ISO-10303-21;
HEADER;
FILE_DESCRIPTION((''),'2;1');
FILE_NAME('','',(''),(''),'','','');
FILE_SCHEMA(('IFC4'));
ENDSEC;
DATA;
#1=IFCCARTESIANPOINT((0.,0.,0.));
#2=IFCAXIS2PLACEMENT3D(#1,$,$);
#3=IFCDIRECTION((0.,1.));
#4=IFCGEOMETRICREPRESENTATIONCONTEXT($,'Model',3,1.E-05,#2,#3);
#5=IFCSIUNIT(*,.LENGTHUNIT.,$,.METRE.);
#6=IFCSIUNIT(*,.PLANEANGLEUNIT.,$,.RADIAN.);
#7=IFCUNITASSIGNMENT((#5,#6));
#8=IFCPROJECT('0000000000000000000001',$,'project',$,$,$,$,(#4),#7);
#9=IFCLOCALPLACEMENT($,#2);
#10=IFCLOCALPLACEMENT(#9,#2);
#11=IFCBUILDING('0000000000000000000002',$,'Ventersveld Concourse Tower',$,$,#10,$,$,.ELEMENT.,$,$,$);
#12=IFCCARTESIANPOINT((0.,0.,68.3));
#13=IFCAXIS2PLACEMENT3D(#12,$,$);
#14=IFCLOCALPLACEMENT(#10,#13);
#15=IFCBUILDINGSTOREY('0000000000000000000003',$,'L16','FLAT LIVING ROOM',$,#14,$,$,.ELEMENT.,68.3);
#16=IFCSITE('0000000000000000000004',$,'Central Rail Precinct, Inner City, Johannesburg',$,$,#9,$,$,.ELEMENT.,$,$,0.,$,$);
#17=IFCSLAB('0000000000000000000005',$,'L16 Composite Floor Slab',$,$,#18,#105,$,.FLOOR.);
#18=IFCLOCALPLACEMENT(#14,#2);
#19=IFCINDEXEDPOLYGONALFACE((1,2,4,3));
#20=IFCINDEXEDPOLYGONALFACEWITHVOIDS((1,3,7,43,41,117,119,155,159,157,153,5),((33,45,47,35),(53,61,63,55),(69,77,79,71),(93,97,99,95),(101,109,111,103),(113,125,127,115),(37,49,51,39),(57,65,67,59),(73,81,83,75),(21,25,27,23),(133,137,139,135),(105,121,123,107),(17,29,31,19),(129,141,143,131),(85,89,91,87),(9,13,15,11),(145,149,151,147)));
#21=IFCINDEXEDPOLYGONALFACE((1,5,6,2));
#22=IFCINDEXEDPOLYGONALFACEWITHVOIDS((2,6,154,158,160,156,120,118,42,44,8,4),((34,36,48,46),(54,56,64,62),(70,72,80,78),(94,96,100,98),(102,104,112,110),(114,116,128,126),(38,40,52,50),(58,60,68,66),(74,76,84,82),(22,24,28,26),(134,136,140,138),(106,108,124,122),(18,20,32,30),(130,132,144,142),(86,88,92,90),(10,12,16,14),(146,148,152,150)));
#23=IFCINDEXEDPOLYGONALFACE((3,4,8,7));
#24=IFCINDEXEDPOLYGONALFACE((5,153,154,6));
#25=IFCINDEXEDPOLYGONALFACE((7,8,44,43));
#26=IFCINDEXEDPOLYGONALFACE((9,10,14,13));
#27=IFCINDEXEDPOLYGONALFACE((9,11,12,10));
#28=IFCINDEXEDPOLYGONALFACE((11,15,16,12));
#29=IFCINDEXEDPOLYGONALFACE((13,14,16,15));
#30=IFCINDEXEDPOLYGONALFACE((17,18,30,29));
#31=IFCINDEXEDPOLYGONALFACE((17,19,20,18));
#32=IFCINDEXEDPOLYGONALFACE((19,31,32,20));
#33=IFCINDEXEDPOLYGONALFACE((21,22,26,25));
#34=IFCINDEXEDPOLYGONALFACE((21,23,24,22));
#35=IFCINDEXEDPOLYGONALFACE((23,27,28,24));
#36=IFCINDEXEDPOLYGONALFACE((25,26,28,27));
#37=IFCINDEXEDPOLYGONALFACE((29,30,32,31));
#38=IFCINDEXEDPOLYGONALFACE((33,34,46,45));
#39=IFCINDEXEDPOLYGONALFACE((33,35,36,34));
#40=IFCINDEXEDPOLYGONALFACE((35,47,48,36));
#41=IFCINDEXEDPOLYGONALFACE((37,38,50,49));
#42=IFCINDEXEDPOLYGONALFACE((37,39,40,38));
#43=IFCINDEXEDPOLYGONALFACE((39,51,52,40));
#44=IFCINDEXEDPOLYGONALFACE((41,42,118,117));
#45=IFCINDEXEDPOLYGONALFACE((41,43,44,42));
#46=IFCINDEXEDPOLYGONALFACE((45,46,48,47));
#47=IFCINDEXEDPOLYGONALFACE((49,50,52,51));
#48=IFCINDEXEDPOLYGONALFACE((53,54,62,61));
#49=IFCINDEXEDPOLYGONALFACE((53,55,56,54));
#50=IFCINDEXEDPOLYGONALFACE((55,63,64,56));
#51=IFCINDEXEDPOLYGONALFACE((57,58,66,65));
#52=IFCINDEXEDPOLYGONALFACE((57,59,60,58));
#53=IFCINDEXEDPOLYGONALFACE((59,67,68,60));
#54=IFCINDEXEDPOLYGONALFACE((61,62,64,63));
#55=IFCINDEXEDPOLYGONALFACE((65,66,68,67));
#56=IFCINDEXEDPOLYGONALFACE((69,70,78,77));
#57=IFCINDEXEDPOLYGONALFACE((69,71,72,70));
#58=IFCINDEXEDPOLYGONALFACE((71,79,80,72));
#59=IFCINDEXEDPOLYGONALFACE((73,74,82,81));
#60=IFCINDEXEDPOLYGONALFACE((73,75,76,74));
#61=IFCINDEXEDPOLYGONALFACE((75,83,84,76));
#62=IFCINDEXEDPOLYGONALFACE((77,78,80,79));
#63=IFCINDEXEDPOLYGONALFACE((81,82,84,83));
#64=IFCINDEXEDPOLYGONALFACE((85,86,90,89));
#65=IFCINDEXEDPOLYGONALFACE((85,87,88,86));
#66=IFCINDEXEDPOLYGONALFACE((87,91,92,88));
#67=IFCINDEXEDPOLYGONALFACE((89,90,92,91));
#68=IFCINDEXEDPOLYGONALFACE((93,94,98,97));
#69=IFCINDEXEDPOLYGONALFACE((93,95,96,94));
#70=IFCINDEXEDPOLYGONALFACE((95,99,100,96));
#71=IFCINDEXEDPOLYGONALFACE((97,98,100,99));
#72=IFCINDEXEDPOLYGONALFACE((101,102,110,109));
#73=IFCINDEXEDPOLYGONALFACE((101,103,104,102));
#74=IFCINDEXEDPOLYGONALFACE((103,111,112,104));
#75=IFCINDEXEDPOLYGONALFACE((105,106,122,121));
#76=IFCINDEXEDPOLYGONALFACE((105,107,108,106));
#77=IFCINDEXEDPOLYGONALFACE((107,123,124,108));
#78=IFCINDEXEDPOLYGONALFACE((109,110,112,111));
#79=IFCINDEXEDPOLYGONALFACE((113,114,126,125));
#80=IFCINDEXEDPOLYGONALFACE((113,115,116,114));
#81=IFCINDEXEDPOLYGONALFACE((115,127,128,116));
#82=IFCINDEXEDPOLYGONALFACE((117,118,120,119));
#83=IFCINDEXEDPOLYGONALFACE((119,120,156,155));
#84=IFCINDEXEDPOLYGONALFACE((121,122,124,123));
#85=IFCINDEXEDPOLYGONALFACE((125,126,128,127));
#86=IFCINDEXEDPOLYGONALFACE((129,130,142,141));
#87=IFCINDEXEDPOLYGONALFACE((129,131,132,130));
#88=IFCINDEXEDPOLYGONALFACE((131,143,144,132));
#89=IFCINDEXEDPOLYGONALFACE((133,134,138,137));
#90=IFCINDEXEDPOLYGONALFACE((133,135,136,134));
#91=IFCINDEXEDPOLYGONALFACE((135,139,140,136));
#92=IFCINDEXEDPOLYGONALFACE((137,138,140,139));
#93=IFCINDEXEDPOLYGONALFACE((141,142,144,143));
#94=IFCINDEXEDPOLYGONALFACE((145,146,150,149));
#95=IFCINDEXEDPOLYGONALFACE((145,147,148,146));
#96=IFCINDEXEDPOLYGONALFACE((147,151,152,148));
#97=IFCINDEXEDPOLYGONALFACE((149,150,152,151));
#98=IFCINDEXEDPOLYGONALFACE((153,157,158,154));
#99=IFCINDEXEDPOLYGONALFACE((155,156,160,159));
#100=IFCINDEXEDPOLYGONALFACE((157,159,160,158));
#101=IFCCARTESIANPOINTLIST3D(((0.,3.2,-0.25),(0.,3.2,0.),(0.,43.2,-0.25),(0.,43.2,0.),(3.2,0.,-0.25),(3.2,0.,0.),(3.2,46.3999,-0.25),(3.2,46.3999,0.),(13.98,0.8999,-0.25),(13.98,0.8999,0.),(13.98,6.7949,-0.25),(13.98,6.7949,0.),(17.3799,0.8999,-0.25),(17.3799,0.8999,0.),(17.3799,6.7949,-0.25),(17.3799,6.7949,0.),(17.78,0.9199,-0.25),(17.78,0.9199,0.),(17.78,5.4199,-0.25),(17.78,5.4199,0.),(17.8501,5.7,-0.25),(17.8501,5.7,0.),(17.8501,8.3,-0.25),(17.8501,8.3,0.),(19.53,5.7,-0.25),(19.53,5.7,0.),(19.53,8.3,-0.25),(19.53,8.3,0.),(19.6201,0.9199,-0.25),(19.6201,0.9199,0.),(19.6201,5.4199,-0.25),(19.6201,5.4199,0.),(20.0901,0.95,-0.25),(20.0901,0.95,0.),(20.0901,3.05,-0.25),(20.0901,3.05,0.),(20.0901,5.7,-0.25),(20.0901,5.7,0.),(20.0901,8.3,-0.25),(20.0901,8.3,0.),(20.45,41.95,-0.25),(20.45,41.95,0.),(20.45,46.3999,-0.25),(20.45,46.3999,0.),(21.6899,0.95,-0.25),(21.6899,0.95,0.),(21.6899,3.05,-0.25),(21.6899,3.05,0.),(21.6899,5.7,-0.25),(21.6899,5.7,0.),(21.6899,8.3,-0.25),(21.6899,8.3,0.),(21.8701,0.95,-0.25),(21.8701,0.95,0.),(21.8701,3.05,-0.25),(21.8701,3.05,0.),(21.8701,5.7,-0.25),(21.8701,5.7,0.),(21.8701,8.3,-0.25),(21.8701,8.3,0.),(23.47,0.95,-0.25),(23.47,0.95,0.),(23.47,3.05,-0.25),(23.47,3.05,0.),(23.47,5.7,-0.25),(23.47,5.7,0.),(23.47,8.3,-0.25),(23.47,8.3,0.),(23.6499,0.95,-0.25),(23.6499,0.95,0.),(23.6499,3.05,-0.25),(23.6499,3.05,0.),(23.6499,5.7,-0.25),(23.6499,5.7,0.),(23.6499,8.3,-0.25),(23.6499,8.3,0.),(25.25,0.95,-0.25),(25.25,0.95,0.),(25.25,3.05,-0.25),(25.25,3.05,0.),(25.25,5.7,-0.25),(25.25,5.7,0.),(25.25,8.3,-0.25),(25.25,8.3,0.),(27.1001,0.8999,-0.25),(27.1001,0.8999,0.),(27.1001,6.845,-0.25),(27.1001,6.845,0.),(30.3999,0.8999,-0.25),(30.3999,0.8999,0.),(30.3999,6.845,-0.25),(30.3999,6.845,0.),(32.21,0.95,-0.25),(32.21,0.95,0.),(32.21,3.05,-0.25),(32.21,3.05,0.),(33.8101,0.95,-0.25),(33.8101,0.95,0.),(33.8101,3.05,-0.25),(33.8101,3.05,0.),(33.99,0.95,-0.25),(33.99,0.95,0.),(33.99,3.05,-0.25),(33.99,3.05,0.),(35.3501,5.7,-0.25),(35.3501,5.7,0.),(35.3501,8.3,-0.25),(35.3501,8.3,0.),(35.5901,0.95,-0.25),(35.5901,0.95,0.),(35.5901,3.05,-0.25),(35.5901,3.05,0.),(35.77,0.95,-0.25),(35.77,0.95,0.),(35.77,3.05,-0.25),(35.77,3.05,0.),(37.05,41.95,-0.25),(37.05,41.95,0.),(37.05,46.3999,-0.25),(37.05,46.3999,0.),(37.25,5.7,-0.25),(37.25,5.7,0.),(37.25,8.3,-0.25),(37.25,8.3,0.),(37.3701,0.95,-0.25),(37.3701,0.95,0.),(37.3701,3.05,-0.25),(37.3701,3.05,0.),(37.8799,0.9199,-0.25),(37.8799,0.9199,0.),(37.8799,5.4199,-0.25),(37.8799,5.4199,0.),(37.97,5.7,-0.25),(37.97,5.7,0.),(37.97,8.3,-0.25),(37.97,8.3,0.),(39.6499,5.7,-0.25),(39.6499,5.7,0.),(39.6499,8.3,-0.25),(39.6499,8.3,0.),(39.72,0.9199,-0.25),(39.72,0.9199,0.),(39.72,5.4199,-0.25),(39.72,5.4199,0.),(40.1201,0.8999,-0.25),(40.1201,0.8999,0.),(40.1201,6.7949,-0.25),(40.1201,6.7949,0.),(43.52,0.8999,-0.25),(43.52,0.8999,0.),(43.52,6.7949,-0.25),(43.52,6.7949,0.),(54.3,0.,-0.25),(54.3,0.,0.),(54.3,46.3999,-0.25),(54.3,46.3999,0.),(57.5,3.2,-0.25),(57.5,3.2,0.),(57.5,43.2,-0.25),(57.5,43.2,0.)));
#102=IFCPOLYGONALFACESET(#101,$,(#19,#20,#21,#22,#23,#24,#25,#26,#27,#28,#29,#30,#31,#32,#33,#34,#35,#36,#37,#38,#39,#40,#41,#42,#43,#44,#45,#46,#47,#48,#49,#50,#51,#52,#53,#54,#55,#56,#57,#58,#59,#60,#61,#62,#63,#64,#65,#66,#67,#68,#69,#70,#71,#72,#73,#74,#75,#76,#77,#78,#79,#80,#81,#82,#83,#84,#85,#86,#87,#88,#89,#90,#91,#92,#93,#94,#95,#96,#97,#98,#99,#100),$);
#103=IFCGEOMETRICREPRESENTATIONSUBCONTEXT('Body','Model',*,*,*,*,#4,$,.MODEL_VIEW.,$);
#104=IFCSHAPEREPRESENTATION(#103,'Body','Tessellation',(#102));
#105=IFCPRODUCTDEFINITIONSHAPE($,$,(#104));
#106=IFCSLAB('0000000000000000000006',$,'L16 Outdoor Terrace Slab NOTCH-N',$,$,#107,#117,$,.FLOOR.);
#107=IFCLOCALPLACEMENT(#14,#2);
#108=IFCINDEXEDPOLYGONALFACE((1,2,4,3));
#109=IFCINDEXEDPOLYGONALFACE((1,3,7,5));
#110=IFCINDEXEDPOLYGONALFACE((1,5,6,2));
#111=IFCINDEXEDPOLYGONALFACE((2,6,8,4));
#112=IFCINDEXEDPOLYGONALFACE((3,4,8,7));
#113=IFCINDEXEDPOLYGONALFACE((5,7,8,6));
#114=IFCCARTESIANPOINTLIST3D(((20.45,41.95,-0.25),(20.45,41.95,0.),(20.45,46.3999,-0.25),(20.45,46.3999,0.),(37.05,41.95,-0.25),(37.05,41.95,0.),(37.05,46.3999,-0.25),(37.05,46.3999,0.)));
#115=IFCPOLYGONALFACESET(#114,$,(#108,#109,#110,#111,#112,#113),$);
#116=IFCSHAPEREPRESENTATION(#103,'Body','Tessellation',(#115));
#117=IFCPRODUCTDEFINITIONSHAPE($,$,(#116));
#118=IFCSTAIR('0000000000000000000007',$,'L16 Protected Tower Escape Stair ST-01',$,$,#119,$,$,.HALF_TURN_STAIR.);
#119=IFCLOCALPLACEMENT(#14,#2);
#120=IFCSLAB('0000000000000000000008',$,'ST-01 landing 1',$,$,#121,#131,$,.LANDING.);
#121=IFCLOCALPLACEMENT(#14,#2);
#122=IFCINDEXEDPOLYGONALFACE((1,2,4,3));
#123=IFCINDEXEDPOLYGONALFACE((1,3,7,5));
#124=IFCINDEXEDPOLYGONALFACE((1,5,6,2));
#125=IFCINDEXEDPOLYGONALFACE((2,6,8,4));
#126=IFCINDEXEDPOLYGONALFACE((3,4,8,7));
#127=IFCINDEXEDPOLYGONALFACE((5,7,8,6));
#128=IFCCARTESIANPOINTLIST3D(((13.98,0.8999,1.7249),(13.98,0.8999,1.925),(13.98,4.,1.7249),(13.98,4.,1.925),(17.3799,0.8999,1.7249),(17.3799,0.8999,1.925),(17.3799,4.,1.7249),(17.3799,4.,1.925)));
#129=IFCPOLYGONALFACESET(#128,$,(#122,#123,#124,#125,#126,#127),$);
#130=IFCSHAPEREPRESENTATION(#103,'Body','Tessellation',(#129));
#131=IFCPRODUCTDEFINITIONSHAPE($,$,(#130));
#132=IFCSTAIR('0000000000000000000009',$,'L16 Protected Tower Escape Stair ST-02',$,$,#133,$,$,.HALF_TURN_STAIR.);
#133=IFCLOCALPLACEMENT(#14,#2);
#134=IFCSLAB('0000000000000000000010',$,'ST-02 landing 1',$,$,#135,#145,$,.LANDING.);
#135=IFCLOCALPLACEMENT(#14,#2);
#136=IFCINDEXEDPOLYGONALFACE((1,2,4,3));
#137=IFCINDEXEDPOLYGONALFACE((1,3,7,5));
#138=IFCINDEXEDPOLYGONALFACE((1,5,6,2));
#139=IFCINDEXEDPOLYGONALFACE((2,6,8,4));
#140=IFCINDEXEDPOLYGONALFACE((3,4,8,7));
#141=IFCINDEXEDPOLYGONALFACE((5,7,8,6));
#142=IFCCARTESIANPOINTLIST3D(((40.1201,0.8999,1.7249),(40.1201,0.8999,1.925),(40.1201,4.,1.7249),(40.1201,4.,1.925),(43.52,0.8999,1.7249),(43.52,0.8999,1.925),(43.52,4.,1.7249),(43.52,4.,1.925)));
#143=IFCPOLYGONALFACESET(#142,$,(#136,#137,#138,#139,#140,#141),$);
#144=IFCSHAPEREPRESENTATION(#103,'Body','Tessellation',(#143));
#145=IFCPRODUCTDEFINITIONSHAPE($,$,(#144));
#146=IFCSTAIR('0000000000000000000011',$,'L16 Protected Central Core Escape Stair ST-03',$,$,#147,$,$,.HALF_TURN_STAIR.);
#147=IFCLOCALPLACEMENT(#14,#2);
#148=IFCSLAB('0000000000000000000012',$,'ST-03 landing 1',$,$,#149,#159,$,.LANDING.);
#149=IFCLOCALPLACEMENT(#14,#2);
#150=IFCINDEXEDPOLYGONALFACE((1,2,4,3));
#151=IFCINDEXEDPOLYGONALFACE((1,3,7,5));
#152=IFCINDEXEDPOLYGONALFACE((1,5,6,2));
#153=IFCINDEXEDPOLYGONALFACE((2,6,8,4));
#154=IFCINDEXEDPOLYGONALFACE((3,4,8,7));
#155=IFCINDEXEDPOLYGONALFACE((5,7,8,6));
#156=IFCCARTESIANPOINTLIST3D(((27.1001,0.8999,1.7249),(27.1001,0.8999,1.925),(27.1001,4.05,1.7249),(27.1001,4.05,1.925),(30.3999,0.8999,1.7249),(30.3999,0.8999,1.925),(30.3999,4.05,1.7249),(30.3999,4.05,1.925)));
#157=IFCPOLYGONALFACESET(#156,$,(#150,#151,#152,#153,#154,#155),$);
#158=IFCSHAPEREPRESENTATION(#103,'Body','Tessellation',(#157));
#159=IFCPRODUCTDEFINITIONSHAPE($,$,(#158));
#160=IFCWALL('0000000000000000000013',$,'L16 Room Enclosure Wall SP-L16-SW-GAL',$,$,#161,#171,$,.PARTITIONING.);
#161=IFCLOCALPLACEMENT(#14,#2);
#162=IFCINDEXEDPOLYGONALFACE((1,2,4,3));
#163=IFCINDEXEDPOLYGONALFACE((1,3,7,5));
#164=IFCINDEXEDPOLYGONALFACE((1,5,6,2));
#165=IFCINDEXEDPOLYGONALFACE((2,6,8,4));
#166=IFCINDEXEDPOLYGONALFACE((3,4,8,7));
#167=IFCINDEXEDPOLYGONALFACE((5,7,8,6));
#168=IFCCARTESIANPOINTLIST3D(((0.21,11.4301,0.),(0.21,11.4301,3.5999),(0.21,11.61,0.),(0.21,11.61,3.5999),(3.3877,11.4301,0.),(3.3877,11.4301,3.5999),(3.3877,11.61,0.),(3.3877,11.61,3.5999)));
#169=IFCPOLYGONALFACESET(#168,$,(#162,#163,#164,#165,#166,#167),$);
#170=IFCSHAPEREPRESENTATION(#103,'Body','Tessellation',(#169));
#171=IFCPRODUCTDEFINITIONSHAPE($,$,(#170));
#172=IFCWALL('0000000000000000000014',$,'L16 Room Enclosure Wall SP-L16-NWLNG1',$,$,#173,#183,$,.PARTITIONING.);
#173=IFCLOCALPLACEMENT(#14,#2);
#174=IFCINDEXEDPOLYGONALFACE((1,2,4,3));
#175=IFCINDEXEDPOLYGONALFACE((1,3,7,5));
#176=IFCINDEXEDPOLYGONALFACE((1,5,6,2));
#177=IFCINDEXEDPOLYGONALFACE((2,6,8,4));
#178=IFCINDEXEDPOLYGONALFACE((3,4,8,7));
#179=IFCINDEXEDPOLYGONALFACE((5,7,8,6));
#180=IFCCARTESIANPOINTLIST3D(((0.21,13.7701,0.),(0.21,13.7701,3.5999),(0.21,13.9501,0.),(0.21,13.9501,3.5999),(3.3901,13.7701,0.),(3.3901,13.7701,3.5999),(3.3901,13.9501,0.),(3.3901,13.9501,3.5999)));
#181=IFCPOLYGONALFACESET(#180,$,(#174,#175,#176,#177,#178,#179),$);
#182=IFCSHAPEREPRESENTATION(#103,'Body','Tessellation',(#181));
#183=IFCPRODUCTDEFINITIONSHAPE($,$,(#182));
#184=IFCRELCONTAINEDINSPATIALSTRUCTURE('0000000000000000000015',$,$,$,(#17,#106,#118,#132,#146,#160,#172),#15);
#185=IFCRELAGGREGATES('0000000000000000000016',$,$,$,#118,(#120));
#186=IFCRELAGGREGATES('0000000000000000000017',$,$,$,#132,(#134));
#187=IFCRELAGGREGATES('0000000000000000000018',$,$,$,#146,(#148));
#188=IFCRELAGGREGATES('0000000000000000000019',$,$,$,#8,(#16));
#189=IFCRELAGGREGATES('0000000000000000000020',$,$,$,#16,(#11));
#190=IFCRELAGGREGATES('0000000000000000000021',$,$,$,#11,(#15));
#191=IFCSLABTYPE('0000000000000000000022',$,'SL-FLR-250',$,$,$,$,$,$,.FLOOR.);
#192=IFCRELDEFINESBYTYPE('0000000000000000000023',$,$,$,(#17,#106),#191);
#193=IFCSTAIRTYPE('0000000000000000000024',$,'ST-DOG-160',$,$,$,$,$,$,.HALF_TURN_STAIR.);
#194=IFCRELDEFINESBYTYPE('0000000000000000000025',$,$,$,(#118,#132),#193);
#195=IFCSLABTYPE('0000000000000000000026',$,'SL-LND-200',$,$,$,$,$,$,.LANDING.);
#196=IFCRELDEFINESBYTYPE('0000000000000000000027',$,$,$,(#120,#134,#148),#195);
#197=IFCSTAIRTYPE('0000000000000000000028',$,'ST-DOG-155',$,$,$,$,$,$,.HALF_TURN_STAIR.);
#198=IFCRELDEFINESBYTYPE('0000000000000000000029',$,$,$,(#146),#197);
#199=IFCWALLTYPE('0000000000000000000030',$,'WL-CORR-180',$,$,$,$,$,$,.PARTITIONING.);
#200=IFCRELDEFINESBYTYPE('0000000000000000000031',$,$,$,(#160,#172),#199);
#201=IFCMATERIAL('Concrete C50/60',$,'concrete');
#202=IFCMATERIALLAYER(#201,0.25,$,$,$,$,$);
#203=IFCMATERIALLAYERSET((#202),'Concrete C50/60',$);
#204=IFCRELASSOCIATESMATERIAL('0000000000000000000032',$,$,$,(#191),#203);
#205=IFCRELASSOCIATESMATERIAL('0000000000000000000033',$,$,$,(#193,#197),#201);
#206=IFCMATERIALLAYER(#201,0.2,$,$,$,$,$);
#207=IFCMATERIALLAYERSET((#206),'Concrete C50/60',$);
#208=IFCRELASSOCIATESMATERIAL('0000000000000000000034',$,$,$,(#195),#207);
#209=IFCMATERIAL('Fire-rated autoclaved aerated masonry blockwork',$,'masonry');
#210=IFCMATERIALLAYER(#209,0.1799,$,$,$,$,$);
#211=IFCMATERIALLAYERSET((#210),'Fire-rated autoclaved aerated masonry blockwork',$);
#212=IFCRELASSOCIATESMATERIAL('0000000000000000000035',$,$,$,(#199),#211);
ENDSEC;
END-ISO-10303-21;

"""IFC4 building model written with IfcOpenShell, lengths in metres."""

from ifc_helpers import new_model, si_unit, direction, frame, frame_2d, origin, place, context, subcontext, project, spatial, polyline, rectangle, outline, extrude, material, layer, layer_set, type_object, element, aggregate, save


model = new_model("IFC4")

# Units and contexts
model_context = context("Model", 3, precision=1e-05, world=origin(), true_north=direction((0.0, 1.0)))
body_context = subcontext(model_context, "Body", "Model", "MODEL_VIEW")
ifc_project = project(units=[si_unit("LENGTHUNIT", "METRE"), si_unit("PLANEANGLEUNIT", "RADIAN")], contexts=[model_context])

# Site, building, storey
site_placement = place(None, origin())
site = spatial("IfcSite", under=ifc_project, at=site_placement, Name="Central Rail Precinct, Inner City, Johannesburg", CompositionType="ELEMENT", RefElevation=0.0)
building_placement = place(site_placement, origin())
building = spatial("IfcBuilding", under=site, at=building_placement, Name="Ventersveld Concourse Tower", CompositionType="ELEMENT")
storey_placement = place(building_placement, frame((0.0, 0.0, 68.3)))
storey = spatial("IfcBuildingStorey", under=building, at=storey_placement, Name="L16", Description="FLAT LIVING ROOM", CompositionType="ELEMENT", Elevation=68.3)

# Slabs
ifc_material_1 = material(Name="Concrete C50/60", Category="concrete")
ifc_layer_1 = layer(ifc_material_1, 0.25)
ifc_layer_set_1 = layer_set([ifc_layer_1], Name="Concrete C50/60")
slab_type_1 = type_object("IfcSlabType", Name="SL-FLR-250", PredefinedType="FLOOR", material=ifc_layer_set_1)
slab_1_placement = place(storey_placement, frame((0.0, 0.0, -0.25)))
element("IfcSlab", 1, at=slab_1_placement, inside=storey, type_object=slab_type_1, Name="L16 Composite Floor Slab", PredefinedType="FLOOR", context=body_context, shape_type="SweptSolid", body=[
    extrude(outline(polyline([(3.2, 0.0), (54.3, 0.0), (57.5, 3.2), (57.5, 43.2), (54.3, 46.3999), (37.05, 46.3999), (37.05, 41.95), (20.45, 41.95), (20.45, 46.3999), (3.2, 46.3999), (0.0, 43.2), (0.0, 3.2), (3.2, 0.0)]), holes=[polyline([(13.98, 6.7949), (13.98, 0.8999), (17.3799, 0.8999), (17.3799, 6.7949), (13.98, 6.7949)]), polyline([(40.1201, 6.7949), (40.1201, 0.8999), (43.52, 0.8999), (43.52, 6.7949), (40.1201, 6.7949)]), polyline([(27.1001, 6.845), (27.1001, 0.8999), (30.3999, 0.8999), (30.3999, 6.845), (27.1001, 6.845)]), polyline([(17.8501, 5.7), (19.53, 5.7), (19.53, 8.3), (17.8501, 8.3), (17.8501, 5.7)]), polyline([(37.97, 5.7), (39.6499, 5.7), (39.6499, 8.3), (37.97, 8.3), (37.97, 5.7)]), polyline([(35.3501, 5.7), (37.25, 5.7), (37.25, 8.3), (35.3501, 8.3), (35.3501, 5.7)]), polyline([(20.0901, 0.95), (21.6899, 0.95), (21.6899, 3.05), (20.0901, 3.05), (20.0901, 0.95)]), polyline([(21.8701, 0.95), (23.47, 0.95), (23.47, 3.05), (21.8701, 3.05), (21.8701, 0.95)]), polyline([(23.6499, 0.95), (25.25, 0.95), (25.25, 3.05), (23.6499, 3.05), (23.6499, 0.95)]), polyline([(32.21, 0.95), (33.8101, 0.95), (33.8101, 3.05), (32.21, 3.05), (32.21, 0.95)]), polyline([(33.99, 0.95), (35.5901, 0.95), (35.5901, 3.05), (33.99, 3.05), (33.99, 0.95)]), polyline([(35.77, 0.95), (37.3701, 0.95), (37.3701, 3.05), (35.77, 3.05), (35.77, 0.95)]), polyline([(20.0901, 5.7), (21.6899, 5.7), (21.6899, 8.3), (20.0901, 8.3), (20.0901, 5.7)]), polyline([(21.8701, 5.7), (23.47, 5.7), (23.47, 8.3), (21.8701, 8.3), (21.8701, 5.7)]), polyline([(23.6499, 5.7), (25.25, 5.7), (25.25, 8.3), (23.6499, 8.3), (23.6499, 5.7)]), polyline([(17.78, 0.9199), (19.6201, 0.9199), (19.6201, 5.4199), (17.78, 5.4199), (17.78, 0.9199)]), polyline([(37.8799, 0.9199), (39.72, 0.9199), (39.72, 5.4199), (37.8799, 5.4199), (37.8799, 0.9199)])]), origin(), (0.0, 0.0, 1.0), 0.25),
])
slab_2_placement = place(storey_placement, frame((0.0, 0.0, -0.25)))
element("IfcSlab", 2, at=slab_2_placement, inside=storey, type_object=slab_type_1, Name="L16 Outdoor Terrace Slab NOTCH-N", PredefinedType="FLOOR", context=body_context, shape_type="SweptSolid", body=[
    extrude(outline(polyline([(20.45, 41.95), (37.05, 41.95), (37.05, 46.3999), (20.45, 46.3999), (20.45, 41.95)])), origin(), (0.0, 0.0, 1.0), 0.25),
])

# Stairs, slabs
stair_type_1 = type_object("IfcStairType", Name="ST-DOG-160", PredefinedType="HALF_TURN_STAIR", material=ifc_material_1)
stair_1_placement = place(storey_placement, origin())
stair_1 = element("IfcStair", 3, at=stair_1_placement, inside=storey, type_object=stair_type_1, Name="L16 Protected Tower Escape Stair ST-01", PredefinedType="HALF_TURN_STAIR")
ifc_layer_2 = layer(ifc_material_1, 0.2)
ifc_layer_set_2 = layer_set([ifc_layer_2], Name="Concrete C50/60")
slab_type_2 = type_object("IfcSlabType", Name="SL-LND-200", PredefinedType="LANDING", material=ifc_layer_set_2)
slab_3_placement = place(storey_placement, frame((0.0, 0.0, 1.7249)))
slab_3 = element("IfcSlab", 4, at=slab_3_placement, type_object=slab_type_2, Name="ST-01 landing 1", PredefinedType="LANDING", context=body_context, shape_type="SweptSolid", body=[
    extrude(outline(polyline([(13.98, 4.0), (13.98, 0.8999), (17.3799, 0.8999), (17.3799, 4.0), (13.98, 4.0)])), origin(), (0.0, 0.0, 1.0), 0.2002),
])
aggregate(stair_1, [slab_3])
stair_2_placement = place(storey_placement, origin())
stair_2 = element("IfcStair", 5, at=stair_2_placement, inside=storey, type_object=stair_type_1, Name="L16 Protected Tower Escape Stair ST-02", PredefinedType="HALF_TURN_STAIR")
slab_4_placement = place(storey_placement, frame((0.0, 0.0, 1.7249)))
slab_4 = element("IfcSlab", 6, at=slab_4_placement, type_object=slab_type_2, Name="ST-02 landing 1", PredefinedType="LANDING", context=body_context, shape_type="SweptSolid", body=[
    extrude(outline(polyline([(40.1201, 4.0), (40.1201, 0.8999), (43.52, 0.8999), (43.52, 4.0), (40.1201, 4.0)])), origin(), (0.0, 0.0, 1.0), 0.2002),
])
aggregate(stair_2, [slab_4])
stair_type_2 = type_object("IfcStairType", Name="ST-DOG-155", PredefinedType="HALF_TURN_STAIR", material=ifc_material_1)
stair_3_placement = place(storey_placement, origin())
stair_3 = element("IfcStair", 7, at=stair_3_placement, inside=storey, type_object=stair_type_2, Name="L16 Protected Central Core Escape Stair ST-03", PredefinedType="HALF_TURN_STAIR")
slab_5_placement = place(storey_placement, frame((0.0, 0.0, 1.7249)))
slab_5 = element("IfcSlab", 8, at=slab_5_placement, type_object=slab_type_2, Name="ST-03 landing 1", PredefinedType="LANDING", context=body_context, shape_type="SweptSolid", body=[
    extrude(outline(polyline([(27.1001, 4.05), (27.1001, 0.8999), (30.3999, 0.8999), (30.3999, 4.05), (27.1001, 4.05)])), origin(), (0.0, 0.0, 1.0), 0.2002),
])
aggregate(stair_3, [slab_5])

# Walls
ifc_material_2 = material(Name="Fire-rated autoclaved aerated masonry blockwork", Category="masonry")
ifc_layer_3 = layer(ifc_material_2, 0.1799)
ifc_layer_set_3 = layer_set([ifc_layer_3], Name="Fire-rated autoclaved aerated masonry blockwork")
wall_type_1 = type_object("IfcWallType", Name="WL-CORR-180", PredefinedType="PARTITIONING", material=ifc_layer_set_3)
wall_1_placement = place(storey_placement, frame((0.21, 11.52, 0.0), z_axis=(0.0, 0.0, 1.0), x_axis=(1.0, 0.0, 0.0)))
element("IfcWall", 9, at=wall_1_placement, inside=storey, type_object=wall_type_1, Name="L16 Room Enclosure Wall SP-L16-SW-GAL", PredefinedType="PARTITIONING", context=body_context, shape_type="SweptSolid", body=[
    extrude(rectangle(XDim=3.1777, YDim=0.1799, at=frame_2d((1.5889, 0.0))), origin(), (0.0, 0.0, 1.0), 3.5999),
])
wall_2_placement = place(storey_placement, frame((3.3901, 13.8601, 0.0), z_axis=(0.0, 0.0, 1.0), x_axis=(-1.0, 0.0, 0.0)))
element("IfcWall", 10, at=wall_2_placement, inside=storey, type_object=wall_type_1, Name="L16 Room Enclosure Wall SP-L16-NWLNG1", PredefinedType="PARTITIONING", context=body_context, shape_type="SweptSolid", body=[
    extrude(rectangle(XDim=3.1802, YDim=0.1799, at=frame_2d((1.5901, 0.0))), origin(), (0.0, 0.0, 1.0), 3.5999),
])

save(model, "model.ifc")
